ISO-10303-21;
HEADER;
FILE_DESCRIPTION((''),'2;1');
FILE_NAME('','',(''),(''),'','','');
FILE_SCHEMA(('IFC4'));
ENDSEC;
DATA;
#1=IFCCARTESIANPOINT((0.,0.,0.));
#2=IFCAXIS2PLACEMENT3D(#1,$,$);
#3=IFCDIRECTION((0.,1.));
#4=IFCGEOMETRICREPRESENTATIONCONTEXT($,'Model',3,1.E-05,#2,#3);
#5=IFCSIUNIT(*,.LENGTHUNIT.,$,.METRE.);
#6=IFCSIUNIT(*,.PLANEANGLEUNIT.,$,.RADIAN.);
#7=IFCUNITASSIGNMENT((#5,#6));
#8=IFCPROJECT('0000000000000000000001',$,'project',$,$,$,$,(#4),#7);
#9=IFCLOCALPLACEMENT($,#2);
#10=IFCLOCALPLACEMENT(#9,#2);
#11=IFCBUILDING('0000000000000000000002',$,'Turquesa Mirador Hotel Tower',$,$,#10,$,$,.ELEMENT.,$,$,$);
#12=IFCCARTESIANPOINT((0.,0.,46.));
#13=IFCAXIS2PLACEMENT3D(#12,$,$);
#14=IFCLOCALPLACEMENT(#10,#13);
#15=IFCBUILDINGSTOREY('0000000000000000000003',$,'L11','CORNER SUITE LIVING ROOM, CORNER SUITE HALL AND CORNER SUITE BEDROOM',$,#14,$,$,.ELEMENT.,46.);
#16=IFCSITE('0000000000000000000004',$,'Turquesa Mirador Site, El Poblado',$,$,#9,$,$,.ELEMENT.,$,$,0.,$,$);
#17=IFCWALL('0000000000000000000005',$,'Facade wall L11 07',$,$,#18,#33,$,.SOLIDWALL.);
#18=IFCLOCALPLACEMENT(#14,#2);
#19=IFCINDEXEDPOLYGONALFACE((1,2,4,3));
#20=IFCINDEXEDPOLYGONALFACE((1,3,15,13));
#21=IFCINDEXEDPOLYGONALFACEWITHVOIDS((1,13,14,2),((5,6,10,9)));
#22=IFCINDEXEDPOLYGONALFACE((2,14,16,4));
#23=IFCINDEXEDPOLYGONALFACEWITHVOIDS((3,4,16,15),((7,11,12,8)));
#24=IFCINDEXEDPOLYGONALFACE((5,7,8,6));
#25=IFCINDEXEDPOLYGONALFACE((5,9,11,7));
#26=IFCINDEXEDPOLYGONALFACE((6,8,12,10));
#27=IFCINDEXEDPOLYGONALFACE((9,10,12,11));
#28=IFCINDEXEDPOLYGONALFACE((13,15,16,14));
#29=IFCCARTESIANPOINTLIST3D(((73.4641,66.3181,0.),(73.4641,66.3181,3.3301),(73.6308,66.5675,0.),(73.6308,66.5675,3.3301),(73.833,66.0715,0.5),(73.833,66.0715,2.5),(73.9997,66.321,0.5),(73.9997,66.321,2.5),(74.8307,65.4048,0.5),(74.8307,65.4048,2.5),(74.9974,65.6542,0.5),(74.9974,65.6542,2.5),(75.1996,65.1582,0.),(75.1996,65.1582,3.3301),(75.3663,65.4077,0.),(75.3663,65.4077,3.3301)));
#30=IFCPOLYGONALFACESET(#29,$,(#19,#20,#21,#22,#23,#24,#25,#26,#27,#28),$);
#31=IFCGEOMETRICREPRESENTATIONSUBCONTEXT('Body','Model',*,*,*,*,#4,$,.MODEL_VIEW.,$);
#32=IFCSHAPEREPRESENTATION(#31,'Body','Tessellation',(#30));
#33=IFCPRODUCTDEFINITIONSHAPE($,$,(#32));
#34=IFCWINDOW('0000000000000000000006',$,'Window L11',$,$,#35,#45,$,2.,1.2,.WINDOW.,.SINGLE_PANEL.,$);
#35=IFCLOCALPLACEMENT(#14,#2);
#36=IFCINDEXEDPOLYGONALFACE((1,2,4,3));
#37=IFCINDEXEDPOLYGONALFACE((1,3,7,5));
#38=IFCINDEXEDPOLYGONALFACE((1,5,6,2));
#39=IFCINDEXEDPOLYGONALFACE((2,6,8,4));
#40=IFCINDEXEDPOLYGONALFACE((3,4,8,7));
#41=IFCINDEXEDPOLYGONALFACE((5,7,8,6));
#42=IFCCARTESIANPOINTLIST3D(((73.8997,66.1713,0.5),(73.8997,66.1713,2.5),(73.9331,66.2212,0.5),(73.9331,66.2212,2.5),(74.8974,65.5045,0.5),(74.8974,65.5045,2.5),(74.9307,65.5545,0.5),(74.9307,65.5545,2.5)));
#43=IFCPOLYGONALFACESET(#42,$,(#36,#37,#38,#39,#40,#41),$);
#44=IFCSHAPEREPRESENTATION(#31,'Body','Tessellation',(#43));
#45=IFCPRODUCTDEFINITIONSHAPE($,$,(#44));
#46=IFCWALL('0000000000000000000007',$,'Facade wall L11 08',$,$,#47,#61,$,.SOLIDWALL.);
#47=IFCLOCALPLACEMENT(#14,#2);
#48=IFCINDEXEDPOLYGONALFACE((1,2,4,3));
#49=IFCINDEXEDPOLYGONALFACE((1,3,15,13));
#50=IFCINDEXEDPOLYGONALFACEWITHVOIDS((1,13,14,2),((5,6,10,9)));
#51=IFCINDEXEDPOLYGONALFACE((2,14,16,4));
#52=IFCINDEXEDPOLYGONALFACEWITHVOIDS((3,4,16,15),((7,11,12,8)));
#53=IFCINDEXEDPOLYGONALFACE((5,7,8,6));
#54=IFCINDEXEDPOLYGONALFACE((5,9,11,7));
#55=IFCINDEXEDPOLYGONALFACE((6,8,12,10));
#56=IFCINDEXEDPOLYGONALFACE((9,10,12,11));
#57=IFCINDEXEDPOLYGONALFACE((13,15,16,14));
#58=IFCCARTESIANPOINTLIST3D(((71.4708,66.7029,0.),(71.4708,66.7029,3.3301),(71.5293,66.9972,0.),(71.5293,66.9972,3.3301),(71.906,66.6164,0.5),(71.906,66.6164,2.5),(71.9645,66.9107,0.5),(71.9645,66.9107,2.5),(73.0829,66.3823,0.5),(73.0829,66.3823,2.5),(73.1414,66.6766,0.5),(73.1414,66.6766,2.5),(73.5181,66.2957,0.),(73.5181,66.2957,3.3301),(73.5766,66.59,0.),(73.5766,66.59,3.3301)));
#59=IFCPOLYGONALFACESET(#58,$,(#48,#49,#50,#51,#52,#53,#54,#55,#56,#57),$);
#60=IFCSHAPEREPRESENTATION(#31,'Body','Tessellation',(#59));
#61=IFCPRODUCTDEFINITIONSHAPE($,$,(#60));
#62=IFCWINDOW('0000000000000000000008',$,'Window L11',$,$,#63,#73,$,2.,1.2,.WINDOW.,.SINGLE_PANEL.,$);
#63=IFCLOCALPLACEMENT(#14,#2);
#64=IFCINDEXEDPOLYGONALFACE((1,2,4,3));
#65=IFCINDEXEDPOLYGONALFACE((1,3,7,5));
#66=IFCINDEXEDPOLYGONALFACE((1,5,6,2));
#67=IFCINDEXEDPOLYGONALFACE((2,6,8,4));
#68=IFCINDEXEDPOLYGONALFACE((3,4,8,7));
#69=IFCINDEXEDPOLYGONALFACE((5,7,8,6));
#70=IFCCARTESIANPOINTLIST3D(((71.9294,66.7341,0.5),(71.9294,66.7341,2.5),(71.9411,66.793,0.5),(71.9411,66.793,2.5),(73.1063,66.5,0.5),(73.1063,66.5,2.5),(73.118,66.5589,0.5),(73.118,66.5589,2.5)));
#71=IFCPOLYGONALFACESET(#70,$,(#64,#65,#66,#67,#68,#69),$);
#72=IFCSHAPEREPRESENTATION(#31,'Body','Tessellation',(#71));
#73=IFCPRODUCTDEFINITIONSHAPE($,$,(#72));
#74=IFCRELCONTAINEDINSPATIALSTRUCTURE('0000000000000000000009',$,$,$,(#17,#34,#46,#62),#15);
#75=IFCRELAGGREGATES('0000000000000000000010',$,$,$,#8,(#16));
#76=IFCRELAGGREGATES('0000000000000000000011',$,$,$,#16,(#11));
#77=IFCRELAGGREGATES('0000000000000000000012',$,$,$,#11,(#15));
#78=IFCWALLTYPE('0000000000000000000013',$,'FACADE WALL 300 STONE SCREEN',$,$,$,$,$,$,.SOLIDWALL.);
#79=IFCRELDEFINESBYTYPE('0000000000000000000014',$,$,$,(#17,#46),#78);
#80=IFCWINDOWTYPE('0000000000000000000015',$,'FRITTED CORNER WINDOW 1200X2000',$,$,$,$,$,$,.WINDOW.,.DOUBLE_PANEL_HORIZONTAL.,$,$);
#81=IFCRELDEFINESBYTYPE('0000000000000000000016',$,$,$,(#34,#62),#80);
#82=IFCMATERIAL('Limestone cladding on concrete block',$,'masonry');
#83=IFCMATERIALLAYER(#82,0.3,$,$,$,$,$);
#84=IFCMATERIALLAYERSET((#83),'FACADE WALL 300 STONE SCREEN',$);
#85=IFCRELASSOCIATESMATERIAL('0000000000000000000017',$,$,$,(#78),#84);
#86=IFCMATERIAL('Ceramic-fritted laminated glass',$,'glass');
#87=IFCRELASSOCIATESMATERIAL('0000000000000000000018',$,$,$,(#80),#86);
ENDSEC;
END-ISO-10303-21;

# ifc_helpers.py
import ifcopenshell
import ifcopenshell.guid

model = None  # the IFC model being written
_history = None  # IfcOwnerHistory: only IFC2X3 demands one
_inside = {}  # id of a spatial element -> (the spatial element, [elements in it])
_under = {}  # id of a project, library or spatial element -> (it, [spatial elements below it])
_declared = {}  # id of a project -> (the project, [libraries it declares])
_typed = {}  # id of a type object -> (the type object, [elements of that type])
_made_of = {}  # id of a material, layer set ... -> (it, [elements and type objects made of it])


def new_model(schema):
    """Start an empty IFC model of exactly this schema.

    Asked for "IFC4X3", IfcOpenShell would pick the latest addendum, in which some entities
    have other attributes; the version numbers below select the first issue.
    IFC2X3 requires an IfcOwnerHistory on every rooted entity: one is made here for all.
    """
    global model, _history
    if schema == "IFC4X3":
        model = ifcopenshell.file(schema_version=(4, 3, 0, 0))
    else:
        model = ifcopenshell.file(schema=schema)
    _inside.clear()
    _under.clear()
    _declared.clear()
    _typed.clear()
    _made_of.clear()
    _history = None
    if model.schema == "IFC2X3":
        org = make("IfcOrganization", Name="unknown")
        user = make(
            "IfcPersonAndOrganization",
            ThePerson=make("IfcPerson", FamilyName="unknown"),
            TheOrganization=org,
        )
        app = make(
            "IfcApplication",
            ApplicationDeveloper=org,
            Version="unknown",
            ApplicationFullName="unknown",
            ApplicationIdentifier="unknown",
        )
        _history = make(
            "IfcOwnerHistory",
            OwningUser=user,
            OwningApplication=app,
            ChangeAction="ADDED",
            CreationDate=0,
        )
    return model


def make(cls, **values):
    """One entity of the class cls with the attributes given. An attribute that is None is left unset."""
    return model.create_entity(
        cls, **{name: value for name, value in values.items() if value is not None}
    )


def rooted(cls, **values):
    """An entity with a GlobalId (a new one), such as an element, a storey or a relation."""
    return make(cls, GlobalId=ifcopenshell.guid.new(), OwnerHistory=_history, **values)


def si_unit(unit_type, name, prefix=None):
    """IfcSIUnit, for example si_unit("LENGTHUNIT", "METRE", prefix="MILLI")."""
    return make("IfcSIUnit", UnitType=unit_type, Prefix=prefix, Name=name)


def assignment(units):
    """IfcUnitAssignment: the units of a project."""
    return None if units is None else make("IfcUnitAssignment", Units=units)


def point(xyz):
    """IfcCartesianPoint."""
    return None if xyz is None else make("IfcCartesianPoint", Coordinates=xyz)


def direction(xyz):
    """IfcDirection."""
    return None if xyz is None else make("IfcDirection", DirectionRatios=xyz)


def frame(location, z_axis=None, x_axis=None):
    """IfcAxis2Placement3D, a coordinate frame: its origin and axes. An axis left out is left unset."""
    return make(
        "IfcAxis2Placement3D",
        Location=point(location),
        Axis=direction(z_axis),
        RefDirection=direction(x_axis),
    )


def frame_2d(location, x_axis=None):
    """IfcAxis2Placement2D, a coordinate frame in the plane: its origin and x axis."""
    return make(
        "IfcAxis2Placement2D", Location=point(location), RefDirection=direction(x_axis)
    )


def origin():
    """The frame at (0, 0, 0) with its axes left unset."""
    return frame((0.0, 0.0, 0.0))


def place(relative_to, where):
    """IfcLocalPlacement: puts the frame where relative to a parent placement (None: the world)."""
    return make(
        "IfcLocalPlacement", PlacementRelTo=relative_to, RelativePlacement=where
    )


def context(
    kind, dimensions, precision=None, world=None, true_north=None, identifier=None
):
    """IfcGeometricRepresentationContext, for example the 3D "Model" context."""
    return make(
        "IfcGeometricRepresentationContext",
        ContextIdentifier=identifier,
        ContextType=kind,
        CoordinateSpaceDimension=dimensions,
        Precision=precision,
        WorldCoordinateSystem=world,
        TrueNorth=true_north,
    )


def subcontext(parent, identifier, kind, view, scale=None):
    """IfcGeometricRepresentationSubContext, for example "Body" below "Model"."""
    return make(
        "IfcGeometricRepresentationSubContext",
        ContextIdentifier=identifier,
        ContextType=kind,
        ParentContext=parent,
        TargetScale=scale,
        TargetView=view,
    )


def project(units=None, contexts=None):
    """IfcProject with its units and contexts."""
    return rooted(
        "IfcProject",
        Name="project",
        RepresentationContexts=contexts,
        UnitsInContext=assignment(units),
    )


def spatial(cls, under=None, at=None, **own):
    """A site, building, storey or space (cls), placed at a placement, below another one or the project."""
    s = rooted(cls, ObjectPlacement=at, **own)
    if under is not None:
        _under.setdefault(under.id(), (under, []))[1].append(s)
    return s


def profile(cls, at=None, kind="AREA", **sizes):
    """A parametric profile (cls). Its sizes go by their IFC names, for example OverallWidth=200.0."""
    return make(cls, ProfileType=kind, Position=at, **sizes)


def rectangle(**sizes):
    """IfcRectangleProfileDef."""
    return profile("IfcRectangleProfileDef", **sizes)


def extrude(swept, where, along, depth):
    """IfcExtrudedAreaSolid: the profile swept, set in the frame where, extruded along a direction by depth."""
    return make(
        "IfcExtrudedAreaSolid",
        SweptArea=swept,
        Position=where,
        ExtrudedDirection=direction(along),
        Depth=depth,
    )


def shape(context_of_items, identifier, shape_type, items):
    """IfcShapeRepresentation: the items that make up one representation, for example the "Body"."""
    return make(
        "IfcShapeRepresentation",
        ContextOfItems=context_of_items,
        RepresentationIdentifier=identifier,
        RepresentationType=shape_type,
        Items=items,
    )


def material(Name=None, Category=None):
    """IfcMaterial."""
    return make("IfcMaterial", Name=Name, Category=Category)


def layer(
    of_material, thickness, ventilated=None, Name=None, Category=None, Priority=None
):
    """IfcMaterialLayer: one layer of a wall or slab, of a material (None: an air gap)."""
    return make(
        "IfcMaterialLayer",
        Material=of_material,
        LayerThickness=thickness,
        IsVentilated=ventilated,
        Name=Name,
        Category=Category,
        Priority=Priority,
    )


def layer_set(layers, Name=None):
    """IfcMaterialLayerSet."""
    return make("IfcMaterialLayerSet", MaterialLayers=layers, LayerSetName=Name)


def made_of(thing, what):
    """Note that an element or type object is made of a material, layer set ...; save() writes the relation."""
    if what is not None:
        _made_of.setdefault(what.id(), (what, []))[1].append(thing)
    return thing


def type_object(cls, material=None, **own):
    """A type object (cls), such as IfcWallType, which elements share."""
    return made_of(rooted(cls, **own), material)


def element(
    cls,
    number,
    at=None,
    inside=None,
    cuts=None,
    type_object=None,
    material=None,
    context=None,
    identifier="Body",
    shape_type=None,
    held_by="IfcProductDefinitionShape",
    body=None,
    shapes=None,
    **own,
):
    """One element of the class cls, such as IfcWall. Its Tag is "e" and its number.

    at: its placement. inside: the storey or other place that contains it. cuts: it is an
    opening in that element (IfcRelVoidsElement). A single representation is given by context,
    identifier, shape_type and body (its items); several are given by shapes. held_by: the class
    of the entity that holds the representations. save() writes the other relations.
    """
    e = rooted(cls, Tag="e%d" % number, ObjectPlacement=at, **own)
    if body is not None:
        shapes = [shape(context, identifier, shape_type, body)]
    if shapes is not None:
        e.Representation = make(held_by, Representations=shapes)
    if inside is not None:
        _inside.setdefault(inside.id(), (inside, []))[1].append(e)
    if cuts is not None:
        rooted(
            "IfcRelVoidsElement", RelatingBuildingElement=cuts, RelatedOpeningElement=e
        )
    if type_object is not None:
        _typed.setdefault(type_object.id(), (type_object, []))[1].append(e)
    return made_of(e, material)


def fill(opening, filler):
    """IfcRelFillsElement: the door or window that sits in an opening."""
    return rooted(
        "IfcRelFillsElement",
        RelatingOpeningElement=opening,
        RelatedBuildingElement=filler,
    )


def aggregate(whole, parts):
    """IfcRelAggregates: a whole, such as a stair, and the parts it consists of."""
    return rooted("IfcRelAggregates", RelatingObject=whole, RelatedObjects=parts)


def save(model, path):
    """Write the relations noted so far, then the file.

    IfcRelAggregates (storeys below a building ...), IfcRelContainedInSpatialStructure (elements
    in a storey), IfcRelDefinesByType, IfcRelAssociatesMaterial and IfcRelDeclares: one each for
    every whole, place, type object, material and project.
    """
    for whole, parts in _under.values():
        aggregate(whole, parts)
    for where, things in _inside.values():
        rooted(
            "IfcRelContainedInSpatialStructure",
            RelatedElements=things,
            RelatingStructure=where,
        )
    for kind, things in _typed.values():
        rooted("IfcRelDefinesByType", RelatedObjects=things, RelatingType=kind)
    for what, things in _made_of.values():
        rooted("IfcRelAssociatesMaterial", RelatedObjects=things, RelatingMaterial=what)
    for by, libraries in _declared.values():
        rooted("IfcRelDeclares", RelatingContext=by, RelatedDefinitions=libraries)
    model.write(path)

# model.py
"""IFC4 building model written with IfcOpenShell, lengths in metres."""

from ifc_helpers import new_model, si_unit, direction, frame, frame_2d, origin, place, context, subcontext, project, spatial, rectangle, extrude, material, layer, layer_set, type_object, element, fill, save


model = new_model("IFC4")

# Units and contexts
model_context = context("Model", 3, precision=1e-05, world=origin(), true_north=direction((0.0, 1.0)))
body_context = subcontext(model_context, "Body", "Model", "MODEL_VIEW")
ifc_project = project(units=[si_unit("LENGTHUNIT", "METRE"), si_unit("PLANEANGLEUNIT", "RADIAN")], contexts=[model_context])

# Site, building, storey
site_placement = place(None, origin())
site = spatial("IfcSite", under=ifc_project, at=site_placement, Name="Turquesa Mirador Site, El Poblado", CompositionType="ELEMENT", RefElevation=0.0)
building_placement = place(site_placement, origin())
building = spatial("IfcBuilding", under=site, at=building_placement, Name="Turquesa Mirador Hotel Tower", CompositionType="ELEMENT")
storey_placement = place(building_placement, frame((0.0, 0.0, 46.0)))
storey = spatial("IfcBuildingStorey", under=building, at=storey_placement, Name="L11", Description="CORNER SUITE LIVING ROOM, CORNER SUITE HALL AND CORNER SUITE BEDROOM", CompositionType="ELEMENT", Elevation=46.0)

# Walls, openings, windows
ifc_material_1 = material(Name="Limestone cladding on concrete block", Category="masonry")
ifc_layer = layer(ifc_material_1, 0.3)
ifc_layer_set = layer_set([ifc_layer], Name="FACADE WALL 300 STONE SCREEN")
wall_type = type_object("IfcWallType", Name="FACADE WALL 300 STONE SCREEN", PredefinedType="SOLIDWALL", material=ifc_layer_set)
ifc_material_2 = material(Name="Ceramic-fritted laminated glass", Category="glass")
window_type = type_object("IfcWindowType", Name="FRITTED CORNER WINDOW 1200X2000", PartitioningType="DOUBLE_PANEL_HORIZONTAL", PredefinedType="WINDOW", material=ifc_material_2)
wall_1_placement = place(storey_placement, frame((75.283, 65.283, 0.0), z_axis=(0.0, 0.0, 1.0), x_axis=(-0.83142, 0.555644, 0.0)))
wall_1 = element("IfcWall", 1, at=wall_1_placement, inside=storey, type_object=wall_type, Name="Facade wall L11 07", PredefinedType="SOLIDWALL", context=body_context, shape_type="SweptSolid", body=[
    extrude(rectangle(XDim=2.0874, YDim=0.3, at=frame_2d((1.0437, 0.0))), origin(), (0.0, 0.0, 1.0), 3.3301),
])
opening_1_placement = place(wall_1_placement, frame((0.4436, 0.0, 0.5)))
opening_1 = element("IfcOpeningElement", 2, at=opening_1_placement, cuts=wall_1, PredefinedType="OPENING", context=body_context, shape_type="SweptSolid", body=[
    extrude(rectangle(XDim=1.2, YDim=2.0, at=frame_2d((0.6001, 1.0))), frame((0.0, 0.1599, 0.0), z_axis=(0.0, -1.0, 0.0), x_axis=(1.0, 0.0, 0.0)), (0.0, 0.0, 1.0), 0.3201),
])
window_1_placement = place(opening_1_placement, origin())
window_1 = element("IfcWindow", 3, at=window_1_placement, inside=storey, type_object=window_type, Name="Window L11", OverallHeight=2.0, OverallWidth=1.2, PartitioningType="SINGLE_PANEL", PredefinedType="WINDOW", context=body_context, shape_type="SweptSolid", body=[
    extrude(rectangle(XDim=1.2, YDim=2.0, at=frame_2d((0.6001, 1.0))), frame((0.0, 0.03, 0.0), z_axis=(0.0, -1.0, 0.0), x_axis=(1.0, 0.0, 0.0)), (0.0, 0.0, 1.0), 0.0601),
])
fill(opening_1, window_1)
wall_2_placement = place(storey_placement, frame((73.5474, 66.4429, 0.0), z_axis=(0.0, 0.0, 1.0), x_axis=(-0.980787, 0.195081, 0.0)))
wall_2 = element("IfcWall", 4, at=wall_2_placement, inside=storey, type_object=wall_type, Name="Facade wall L11 08", PredefinedType="SOLIDWALL", context=body_context, shape_type="SweptSolid", body=[
    extrude(rectangle(XDim=2.0874, YDim=0.3, at=frame_2d((1.0437, 0.0))), origin(), (0.0, 0.0, 1.0), 3.3301),
])
opening_2_placement = place(wall_2_placement, frame((0.4436, 0.0, 0.5)))
opening_2 = element("IfcOpeningElement", 5, at=opening_2_placement, cuts=wall_2, PredefinedType="OPENING", context=body_context, shape_type="SweptSolid", body=[
    extrude(rectangle(XDim=1.2, YDim=2.0, at=frame_2d((0.6001, 1.0))), frame((0.0, 0.1599, 0.0), z_axis=(0.0, -1.0, 0.0), x_axis=(1.0, 0.0, 0.0)), (0.0, 0.0, 1.0), 0.3201),
])
window_2_placement = place(opening_2_placement, origin())
window_2 = element("IfcWindow", 6, at=window_2_placement, inside=storey, type_object=window_type, Name="Window L11", OverallHeight=2.0, OverallWidth=1.2, PartitioningType="SINGLE_PANEL", PredefinedType="WINDOW", context=body_context, shape_type="SweptSolid", body=[
    extrude(rectangle(XDim=1.2, YDim=2.0, at=frame_2d((0.6001, 1.0))), frame((0.0, 0.03, 0.0), z_axis=(0.0, -1.0, 0.0), x_axis=(1.0, 0.0, 0.0)), (0.0, 0.0, 1.0), 0.0601),
])
fill(opening_2, window_2)

save(model, "model.ifc")
